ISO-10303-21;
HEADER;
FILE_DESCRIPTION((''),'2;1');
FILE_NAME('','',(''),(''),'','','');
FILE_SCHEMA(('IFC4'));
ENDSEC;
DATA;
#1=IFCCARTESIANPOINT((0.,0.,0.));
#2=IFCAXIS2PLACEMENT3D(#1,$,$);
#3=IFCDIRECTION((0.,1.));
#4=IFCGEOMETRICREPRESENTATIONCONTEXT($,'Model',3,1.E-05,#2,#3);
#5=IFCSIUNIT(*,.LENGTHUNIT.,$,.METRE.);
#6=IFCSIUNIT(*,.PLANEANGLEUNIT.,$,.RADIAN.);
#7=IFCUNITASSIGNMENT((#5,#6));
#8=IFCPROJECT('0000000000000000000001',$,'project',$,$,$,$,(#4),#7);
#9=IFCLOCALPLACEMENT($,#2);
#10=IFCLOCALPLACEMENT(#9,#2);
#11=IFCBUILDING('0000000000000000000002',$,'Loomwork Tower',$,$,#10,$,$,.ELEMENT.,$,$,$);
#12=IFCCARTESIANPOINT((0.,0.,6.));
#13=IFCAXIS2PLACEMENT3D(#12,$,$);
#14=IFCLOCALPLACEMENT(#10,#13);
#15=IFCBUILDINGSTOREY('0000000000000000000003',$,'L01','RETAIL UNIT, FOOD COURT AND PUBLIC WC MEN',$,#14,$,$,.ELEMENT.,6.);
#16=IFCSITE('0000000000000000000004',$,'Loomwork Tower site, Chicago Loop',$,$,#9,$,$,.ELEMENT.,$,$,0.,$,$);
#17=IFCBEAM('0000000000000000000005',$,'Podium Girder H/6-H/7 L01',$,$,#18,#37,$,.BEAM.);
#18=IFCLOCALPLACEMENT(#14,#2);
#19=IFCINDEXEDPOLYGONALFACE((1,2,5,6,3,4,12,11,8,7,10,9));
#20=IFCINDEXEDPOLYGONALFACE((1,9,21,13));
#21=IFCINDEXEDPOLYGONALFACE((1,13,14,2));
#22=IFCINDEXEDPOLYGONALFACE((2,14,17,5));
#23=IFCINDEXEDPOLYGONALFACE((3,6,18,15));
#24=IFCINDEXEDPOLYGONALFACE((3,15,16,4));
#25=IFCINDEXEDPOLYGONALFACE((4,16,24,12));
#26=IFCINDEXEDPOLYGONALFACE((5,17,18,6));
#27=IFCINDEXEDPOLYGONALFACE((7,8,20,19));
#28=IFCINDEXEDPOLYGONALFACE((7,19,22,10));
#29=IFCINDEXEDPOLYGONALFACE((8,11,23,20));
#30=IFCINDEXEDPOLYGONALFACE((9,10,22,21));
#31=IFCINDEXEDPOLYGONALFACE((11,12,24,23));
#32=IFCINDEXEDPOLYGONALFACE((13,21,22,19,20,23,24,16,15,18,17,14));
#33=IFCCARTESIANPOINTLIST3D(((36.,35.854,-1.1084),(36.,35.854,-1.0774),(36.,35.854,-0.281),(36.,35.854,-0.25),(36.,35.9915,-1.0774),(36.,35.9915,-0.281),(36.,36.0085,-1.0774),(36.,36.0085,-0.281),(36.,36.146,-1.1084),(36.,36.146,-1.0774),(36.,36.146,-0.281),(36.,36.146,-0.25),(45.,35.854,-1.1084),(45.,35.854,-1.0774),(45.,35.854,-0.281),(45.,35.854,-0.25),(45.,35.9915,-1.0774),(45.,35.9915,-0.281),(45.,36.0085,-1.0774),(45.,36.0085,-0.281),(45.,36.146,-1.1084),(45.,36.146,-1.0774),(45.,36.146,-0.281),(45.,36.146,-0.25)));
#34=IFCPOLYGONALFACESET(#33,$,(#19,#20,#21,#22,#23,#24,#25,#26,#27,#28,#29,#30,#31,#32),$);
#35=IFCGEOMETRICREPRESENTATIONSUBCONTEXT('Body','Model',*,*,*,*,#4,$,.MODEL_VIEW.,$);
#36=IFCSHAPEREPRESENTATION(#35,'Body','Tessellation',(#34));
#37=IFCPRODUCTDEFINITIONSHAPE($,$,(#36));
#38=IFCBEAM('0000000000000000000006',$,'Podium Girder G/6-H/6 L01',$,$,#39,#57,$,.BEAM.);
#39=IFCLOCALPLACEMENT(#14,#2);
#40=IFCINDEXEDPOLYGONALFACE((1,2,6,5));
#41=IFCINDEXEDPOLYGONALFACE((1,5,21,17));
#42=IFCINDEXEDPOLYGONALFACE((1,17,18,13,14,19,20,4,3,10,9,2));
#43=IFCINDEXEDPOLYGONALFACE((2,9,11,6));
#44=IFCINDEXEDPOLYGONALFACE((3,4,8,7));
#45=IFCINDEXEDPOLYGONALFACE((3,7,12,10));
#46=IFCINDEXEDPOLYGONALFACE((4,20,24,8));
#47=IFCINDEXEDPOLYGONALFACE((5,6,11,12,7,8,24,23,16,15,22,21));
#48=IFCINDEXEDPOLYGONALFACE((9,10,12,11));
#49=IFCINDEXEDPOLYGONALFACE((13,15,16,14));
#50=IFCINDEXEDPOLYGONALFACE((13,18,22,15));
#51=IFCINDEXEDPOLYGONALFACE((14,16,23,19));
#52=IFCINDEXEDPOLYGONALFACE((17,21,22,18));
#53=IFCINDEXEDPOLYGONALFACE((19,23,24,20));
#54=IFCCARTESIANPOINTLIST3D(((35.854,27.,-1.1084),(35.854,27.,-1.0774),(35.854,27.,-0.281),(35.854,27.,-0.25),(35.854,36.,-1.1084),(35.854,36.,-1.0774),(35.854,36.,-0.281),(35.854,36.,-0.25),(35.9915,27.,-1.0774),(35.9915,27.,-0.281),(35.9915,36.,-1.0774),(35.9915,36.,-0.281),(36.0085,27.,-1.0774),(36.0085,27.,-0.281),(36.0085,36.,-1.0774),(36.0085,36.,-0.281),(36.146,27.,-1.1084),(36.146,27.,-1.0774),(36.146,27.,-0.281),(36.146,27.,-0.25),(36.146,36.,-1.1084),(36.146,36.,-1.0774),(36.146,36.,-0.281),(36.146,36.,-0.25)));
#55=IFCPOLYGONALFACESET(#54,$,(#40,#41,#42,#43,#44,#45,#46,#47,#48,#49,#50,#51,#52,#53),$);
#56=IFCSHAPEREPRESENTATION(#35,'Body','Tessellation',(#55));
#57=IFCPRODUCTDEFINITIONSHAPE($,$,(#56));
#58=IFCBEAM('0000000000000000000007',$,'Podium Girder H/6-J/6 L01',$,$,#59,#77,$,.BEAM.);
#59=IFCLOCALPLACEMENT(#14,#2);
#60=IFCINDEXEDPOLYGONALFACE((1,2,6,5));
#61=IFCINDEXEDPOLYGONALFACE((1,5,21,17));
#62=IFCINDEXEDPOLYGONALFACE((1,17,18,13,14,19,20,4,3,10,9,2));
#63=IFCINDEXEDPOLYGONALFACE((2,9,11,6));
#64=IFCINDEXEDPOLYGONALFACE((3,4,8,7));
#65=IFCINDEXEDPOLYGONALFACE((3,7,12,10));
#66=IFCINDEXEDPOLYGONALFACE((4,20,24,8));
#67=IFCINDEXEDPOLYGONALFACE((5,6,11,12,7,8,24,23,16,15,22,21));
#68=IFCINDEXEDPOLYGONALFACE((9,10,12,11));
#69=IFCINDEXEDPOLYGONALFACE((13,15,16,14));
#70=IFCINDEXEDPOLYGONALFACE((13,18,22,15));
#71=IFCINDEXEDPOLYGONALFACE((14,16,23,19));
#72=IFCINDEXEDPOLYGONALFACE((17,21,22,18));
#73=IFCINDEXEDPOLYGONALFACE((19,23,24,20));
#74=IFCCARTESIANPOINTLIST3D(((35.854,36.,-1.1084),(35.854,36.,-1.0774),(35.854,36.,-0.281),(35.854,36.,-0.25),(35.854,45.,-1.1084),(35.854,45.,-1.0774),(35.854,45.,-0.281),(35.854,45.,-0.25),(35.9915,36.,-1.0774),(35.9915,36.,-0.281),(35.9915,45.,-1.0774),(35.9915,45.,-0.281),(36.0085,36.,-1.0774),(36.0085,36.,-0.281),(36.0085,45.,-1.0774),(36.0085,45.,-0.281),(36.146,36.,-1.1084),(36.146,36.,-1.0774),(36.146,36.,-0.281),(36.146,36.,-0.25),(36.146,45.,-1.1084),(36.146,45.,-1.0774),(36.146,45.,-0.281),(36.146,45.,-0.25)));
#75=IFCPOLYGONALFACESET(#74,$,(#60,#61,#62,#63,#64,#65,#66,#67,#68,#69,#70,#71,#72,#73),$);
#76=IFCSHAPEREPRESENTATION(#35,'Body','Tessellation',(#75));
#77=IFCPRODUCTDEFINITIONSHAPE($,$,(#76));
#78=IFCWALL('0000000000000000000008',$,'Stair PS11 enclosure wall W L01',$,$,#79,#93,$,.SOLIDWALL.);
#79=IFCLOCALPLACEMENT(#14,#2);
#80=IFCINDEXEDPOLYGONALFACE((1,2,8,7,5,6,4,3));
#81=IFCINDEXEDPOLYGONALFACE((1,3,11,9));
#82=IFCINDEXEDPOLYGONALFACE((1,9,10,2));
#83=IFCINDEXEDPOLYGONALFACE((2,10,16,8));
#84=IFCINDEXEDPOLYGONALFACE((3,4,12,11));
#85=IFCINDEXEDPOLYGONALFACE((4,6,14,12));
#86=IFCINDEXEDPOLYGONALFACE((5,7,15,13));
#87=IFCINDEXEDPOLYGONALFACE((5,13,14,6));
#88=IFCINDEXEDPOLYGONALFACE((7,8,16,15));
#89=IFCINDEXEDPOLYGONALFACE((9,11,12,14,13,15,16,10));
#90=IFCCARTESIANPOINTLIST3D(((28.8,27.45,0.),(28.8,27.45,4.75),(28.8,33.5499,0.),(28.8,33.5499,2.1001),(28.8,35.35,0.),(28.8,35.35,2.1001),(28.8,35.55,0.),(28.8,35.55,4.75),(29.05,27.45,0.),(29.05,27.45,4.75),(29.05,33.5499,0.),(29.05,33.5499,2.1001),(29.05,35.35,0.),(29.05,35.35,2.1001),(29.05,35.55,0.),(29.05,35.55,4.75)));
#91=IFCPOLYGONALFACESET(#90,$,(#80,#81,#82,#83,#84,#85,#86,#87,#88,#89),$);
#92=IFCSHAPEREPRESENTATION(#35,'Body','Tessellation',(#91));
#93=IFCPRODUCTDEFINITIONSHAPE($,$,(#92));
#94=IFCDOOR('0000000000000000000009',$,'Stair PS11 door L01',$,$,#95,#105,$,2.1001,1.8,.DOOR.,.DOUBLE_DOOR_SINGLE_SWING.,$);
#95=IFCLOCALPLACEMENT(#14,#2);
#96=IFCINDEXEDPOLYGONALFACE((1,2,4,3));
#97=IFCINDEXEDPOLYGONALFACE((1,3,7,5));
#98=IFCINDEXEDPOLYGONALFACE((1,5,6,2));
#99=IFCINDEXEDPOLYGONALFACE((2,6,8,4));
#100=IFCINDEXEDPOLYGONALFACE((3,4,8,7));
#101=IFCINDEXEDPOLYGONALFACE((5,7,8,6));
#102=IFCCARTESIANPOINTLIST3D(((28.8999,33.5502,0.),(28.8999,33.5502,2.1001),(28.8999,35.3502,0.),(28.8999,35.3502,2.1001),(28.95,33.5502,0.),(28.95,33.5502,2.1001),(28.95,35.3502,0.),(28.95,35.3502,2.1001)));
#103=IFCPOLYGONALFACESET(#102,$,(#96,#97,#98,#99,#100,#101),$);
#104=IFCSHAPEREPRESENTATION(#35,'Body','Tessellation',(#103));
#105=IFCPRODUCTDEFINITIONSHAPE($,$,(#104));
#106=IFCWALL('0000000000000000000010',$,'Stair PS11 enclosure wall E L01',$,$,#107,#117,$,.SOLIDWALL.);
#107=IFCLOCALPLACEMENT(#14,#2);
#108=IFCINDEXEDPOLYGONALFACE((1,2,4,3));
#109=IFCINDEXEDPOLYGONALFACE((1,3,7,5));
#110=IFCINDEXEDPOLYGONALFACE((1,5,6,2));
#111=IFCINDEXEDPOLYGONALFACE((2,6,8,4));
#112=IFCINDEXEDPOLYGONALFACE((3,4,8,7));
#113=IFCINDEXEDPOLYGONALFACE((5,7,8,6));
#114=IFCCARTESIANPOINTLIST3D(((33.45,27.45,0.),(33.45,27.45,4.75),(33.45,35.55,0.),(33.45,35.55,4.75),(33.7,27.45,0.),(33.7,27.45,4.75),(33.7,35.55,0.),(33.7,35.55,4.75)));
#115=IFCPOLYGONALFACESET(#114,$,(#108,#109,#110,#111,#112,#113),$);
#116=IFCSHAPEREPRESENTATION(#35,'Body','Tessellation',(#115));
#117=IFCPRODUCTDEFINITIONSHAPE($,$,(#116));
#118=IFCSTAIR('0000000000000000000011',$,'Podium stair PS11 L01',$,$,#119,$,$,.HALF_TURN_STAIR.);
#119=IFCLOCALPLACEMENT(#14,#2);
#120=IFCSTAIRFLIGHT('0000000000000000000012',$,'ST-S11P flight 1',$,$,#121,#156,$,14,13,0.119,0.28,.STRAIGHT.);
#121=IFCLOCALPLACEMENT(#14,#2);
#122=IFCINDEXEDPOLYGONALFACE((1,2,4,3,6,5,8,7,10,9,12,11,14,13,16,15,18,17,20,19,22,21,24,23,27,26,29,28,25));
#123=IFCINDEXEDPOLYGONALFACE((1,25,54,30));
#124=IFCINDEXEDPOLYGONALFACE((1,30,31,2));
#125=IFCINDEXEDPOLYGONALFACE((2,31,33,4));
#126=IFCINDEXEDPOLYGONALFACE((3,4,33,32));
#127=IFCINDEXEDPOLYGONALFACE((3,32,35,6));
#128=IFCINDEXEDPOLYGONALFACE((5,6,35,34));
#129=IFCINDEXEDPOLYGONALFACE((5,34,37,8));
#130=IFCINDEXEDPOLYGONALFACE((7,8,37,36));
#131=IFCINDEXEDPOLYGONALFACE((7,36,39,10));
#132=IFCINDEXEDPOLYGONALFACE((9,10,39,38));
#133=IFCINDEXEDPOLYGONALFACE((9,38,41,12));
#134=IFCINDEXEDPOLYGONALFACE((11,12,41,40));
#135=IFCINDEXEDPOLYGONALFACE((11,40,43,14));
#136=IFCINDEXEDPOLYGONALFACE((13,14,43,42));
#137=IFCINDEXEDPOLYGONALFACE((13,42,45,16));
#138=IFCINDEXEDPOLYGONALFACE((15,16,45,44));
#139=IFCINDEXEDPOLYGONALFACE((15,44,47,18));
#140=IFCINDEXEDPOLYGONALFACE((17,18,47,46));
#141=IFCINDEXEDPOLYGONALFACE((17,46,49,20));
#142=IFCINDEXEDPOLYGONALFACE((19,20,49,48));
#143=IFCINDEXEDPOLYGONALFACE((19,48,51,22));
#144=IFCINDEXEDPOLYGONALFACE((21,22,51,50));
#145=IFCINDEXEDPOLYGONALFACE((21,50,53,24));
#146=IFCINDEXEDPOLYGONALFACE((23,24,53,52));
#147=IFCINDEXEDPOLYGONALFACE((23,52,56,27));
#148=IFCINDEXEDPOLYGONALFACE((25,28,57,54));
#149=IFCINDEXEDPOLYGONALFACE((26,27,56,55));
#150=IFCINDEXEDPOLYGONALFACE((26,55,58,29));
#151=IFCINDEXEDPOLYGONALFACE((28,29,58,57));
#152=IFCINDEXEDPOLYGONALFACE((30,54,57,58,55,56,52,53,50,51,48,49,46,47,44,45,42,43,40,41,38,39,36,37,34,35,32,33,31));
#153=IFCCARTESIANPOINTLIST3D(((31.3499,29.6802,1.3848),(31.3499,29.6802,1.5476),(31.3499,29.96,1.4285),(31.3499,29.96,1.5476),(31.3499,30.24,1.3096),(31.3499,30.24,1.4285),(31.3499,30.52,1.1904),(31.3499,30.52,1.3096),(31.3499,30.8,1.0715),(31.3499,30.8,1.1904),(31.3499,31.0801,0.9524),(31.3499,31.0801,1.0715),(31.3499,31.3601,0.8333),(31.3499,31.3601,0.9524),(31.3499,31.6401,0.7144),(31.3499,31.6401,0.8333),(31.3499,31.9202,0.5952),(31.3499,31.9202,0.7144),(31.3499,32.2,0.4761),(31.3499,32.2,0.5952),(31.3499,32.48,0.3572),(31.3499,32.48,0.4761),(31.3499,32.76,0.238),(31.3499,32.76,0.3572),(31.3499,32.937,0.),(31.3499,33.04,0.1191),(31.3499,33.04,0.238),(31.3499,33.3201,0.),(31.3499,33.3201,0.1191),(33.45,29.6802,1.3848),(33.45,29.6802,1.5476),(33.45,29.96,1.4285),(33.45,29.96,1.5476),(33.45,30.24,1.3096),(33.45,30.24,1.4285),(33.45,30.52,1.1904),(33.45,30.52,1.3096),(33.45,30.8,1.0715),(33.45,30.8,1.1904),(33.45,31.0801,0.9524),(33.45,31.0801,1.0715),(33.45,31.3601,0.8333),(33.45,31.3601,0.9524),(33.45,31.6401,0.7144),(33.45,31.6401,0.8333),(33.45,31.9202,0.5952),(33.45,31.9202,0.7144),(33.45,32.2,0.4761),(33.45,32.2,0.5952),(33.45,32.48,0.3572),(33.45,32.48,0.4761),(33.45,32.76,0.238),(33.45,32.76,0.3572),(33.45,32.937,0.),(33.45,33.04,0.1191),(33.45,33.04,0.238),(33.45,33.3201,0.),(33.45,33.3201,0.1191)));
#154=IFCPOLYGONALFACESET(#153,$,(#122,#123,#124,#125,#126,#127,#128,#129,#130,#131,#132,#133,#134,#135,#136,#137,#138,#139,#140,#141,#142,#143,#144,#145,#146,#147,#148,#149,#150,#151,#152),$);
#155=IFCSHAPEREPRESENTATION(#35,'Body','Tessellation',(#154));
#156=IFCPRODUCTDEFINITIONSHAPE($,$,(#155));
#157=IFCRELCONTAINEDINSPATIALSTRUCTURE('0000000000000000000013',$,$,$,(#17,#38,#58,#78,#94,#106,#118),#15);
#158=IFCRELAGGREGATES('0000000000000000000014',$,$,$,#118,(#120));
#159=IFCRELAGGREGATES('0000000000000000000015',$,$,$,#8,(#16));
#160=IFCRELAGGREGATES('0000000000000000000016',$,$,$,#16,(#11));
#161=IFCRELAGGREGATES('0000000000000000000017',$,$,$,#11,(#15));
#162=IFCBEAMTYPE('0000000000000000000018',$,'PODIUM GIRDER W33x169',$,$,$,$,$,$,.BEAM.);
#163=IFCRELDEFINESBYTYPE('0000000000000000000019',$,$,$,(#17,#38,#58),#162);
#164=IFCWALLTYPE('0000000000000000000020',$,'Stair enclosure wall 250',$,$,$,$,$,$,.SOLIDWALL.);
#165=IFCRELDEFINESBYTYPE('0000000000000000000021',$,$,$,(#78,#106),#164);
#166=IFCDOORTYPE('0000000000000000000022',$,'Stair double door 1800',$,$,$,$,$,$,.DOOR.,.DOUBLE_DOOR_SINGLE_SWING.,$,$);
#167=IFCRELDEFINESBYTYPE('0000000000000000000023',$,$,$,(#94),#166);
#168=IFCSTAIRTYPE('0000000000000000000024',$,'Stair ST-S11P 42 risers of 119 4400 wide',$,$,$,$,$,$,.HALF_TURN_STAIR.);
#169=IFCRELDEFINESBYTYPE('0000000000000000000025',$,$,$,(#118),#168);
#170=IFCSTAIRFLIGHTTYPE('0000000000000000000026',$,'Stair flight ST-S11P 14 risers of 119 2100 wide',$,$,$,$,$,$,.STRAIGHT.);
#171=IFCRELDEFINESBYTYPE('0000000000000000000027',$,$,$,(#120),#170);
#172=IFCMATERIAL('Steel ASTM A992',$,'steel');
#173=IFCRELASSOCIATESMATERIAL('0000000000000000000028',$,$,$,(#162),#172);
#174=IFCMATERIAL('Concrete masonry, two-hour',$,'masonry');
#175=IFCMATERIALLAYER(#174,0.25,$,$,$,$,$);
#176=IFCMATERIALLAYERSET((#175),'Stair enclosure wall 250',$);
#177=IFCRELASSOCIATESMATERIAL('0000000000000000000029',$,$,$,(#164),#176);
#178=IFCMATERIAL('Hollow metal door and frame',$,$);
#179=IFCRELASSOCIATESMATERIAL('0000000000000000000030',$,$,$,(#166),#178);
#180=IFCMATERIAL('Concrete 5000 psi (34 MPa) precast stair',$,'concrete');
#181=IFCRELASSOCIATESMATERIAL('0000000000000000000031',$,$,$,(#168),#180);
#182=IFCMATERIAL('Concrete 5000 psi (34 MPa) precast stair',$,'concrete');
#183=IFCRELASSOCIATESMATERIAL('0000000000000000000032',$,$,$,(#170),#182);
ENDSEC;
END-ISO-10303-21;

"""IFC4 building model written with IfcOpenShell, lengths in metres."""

from ifc_helpers import new_model, si_unit, direction, frame, frame_2d, origin, origin_2d, place, context, subcontext, project, spatial, polyline, rectangle, i_section, outline, extrude, material, layer, layer_set, material_profile, profile_set, type_object, element, fill, aggregate, save


model = new_model("IFC4")

# Units and contexts
model_context = context("Model", 3, precision=1e-05, world=origin(), true_north=direction((0.0, 1.0)))
body_context = subcontext(model_context, "Body", "Model", "MODEL_VIEW")
ifc_project = project(units=[si_unit("LENGTHUNIT", "METRE"), si_unit("PLANEANGLEUNIT", "RADIAN")], contexts=[model_context])

# Site, building, storey
site_placement = place(None, origin())
site = spatial("IfcSite", under=ifc_project, at=site_placement, Name="Loomwork Tower site, Chicago Loop", CompositionType="ELEMENT", RefElevation=0.0)
building_placement = place(site_placement, origin())
building = spatial("IfcBuilding", under=site, at=building_placement, Name="Loomwork Tower", CompositionType="ELEMENT")
storey_placement = place(building_placement, frame((0.0, 0.0, 6.0)))
storey = spatial("IfcBuildingStorey", under=building, at=storey_placement, Name="L01", Description="RETAIL UNIT, FOOD COURT AND PUBLIC WC MEN", CompositionType="ELEMENT", Elevation=6.0)

# Beams
ifc_material_1 = material(Name="Steel ASTM A992", Category="steel")
ifc_material_profile_1 = material_profile(ifc_material_1, i_section(OverallWidth=0.292, OverallDepth=0.8584, WebThickness=0.0171, FlangeThickness=0.031, at=origin_2d()), Name="W33x169")
ifc_profile_set_1 = profile_set([ifc_material_profile_1], Name="Steel ASTM A992")
beam_type_1 = type_object("IfcBeamType", Name="PODIUM GIRDER W33x169", PredefinedType="BEAM", material=ifc_profile_set_1)
for number, where, z_axis, x_axis, name in (
    (1, (36.0, 36.0, -0.6792), (1.0, 0.0, 0.0), (0.0, 1.0, 0.0), "Podium Girder H/6-H/7 L01"),
    (2, (36.0, 27.0, -0.6792), (0.0, 1.0, 0.0), (-1.0, 0.0, 0.0), "Podium Girder G/6-H/6 L01"),
    (3, (36.0, 36.0, -0.6792), (0.0, 1.0, 0.0), (-1.0, 0.0, 0.0), "Podium Girder H/6-J/6 L01"),
):
    element("IfcBeam", number, at=place(storey_placement, frame(where, z_axis=z_axis, x_axis=x_axis)), inside=storey, type_object=beam_type_1, Name=name, PredefinedType="BEAM", context=body_context, shape_type="SweptSolid", body=[
        extrude(i_section(OverallWidth=0.292, OverallDepth=0.8584, WebThickness=0.0171, FlangeThickness=0.031, at=origin_2d()), origin(), (0.0, 0.0, 1.0), 9.0),
    ])

# Wall, opening, door
ifc_material_2 = material(Name="Concrete masonry, two-hour", Category="masonry")
ifc_layer = layer(ifc_material_2, 0.25)
ifc_layer_set = layer_set([ifc_layer], Name="Stair enclosure wall 250")
wall_type = type_object("IfcWallType", Name="Stair enclosure wall 250", PredefinedType="SOLIDWALL", material=ifc_layer_set)
wall_1_placement = place(storey_placement, frame((28.925, 27.45, 0.0), z_axis=(0.0, 0.0, 1.0), x_axis=(0.0, 1.0, 0.0)))
wall_1 = element("IfcWall", 4, at=wall_1_placement, inside=storey, type_object=wall_type, Name="Stair PS11 enclosure wall W L01", PredefinedType="SOLIDWALL", context=body_context, shape_type="SweptSolid", body=[
    extrude(rectangle(XDim=8.1001, YDim=0.25, at=frame_2d((4.05, 0.0))), origin(), (0.0, 0.0, 1.0), 4.75),
])
opening_placement = place(wall_1_placement, frame((6.1001, 0.0, 0.0)))
opening = element("IfcOpeningElement", 5, at=opening_placement, cuts=wall_1, PredefinedType="OPENING", context=body_context, shape_type="SweptSolid", body=[
    extrude(rectangle(XDim=1.8, YDim=2.1001, at=frame_2d((0.8999, 1.05))), frame((0.0, 0.135, 0.0), z_axis=(0.0, -1.0, 0.0), x_axis=(1.0, 0.0, 0.0)), (0.0, 0.0, 1.0), 0.27),
])
ifc_material_3 = material(Name="Hollow metal door and frame")
door_type = type_object("IfcDoorType", Name="Stair double door 1800", OperationType="DOUBLE_DOOR_SINGLE_SWING", PredefinedType="DOOR", material=ifc_material_3)
door_placement = place(opening_placement, frame((1.8, 0.0, 0.0), z_axis=(0.0, 0.0, 1.0), x_axis=(-1.0, 0.0, 0.0)))
door = element("IfcDoor", 6, at=door_placement, inside=storey, type_object=door_type, Name="Stair PS11 door L01", OperationType="DOUBLE_DOOR_SINGLE_SWING", OverallHeight=2.1001, OverallWidth=1.8, PredefinedType="DOOR", context=body_context, shape_type="SweptSolid", body=[
    extrude(rectangle(XDim=1.8, YDim=2.1001, at=frame_2d((0.8999, 1.05))), frame((0.0, 0.0249, 0.0), z_axis=(0.0, -1.0, 0.0), x_axis=(1.0, 0.0, 0.0)), (0.0, 0.0, 1.0), 0.05),
])
fill(opening, door)

# Wall
wall_2_placement = place(storey_placement, frame((33.575, 27.45, 0.0), z_axis=(0.0, 0.0, 1.0), x_axis=(0.0, 1.0, 0.0)))
element("IfcWall", 7, at=wall_2_placement, inside=storey, type_object=wall_type, Name="Stair PS11 enclosure wall E L01", PredefinedType="SOLIDWALL", context=body_context, shape_type="SweptSolid", body=[
    extrude(rectangle(XDim=8.1001, YDim=0.25, at=frame_2d((4.05, 0.0))), origin(), (0.0, 0.0, 1.0), 4.75),
])

# Stair, stair flight
ifc_material_4 = material(Name="Concrete 5000 psi (34 MPa) precast stair", Category="concrete")
stair_type = type_object("IfcStairType", Name="Stair ST-S11P 42 risers of 119 4400 wide", PredefinedType="HALF_TURN_STAIR", material=ifc_material_4)
stair_placement = place(storey_placement, origin())
stair = element("IfcStair", 8, at=stair_placement, inside=storey, type_object=stair_type, Name="Podium stair PS11 L01", PredefinedType="HALF_TURN_STAIR")
ifc_material_5 = material(Name="Concrete 5000 psi (34 MPa) precast stair", Category="concrete")
stair_flight_type = type_object("IfcStairFlightType", Name="Stair flight ST-S11P 14 risers of 119 2100 wide", PredefinedType="STRAIGHT", material=ifc_material_5)
stair_flight_1_placement = place(storey_placement, frame((32.3999, 33.3201, 0.0), z_axis=(0.0, 0.0, 1.0), x_axis=(0.0, -1.0, 0.0)))
stair_flight_1 = element("IfcStairFlight", 9, at=stair_flight_1_placement, type_object=stair_flight_type, Name="ST-S11P flight 1", NumberOfRisers=14, NumberOfTreads=13, PredefinedType="STRAIGHT", RiserHeight=0.119, TreadLength=0.28, context=body_context, shape_type="SweptSolid", body=[
    extrude(outline(polyline([(0.0, 0.0), (0.0, 0.1191), (0.28, 0.1191), (0.28, 0.238), (0.5601, 0.238), (0.5601, 0.3572), (0.8401, 0.3572), (0.8401, 0.4761), (1.1201, 0.4761), (1.1201, 0.5952), (1.3999, 0.5952), (1.3999, 0.7144), (1.6799, 0.7144), (1.6799, 0.8333), (1.96, 0.8333), (1.96, 0.9524), (2.24, 0.9524), (2.24, 1.0715), (2.52, 1.0715), (2.52, 1.1904), (2.8, 1.1904), (2.8, 1.3096), (3.0801, 1.3096), (3.0801, 1.4285), (3.3601, 1.4285), (3.3601, 1.5476), (3.6399, 1.5476), (3.6399, 1.6667), (3.6399, 1.3848), (0.3831, 0.0), (0.0, 0.0)])), frame((0.0, 1.05, 0.0), z_axis=(0.0, -1.0, 0.0), x_axis=(1.0, 0.0, 0.0)), (0.0, 0.0, 1.0), 2.1001),
])
aggregate(stair, [stair_flight_1])

save(model, "model.ifc")
